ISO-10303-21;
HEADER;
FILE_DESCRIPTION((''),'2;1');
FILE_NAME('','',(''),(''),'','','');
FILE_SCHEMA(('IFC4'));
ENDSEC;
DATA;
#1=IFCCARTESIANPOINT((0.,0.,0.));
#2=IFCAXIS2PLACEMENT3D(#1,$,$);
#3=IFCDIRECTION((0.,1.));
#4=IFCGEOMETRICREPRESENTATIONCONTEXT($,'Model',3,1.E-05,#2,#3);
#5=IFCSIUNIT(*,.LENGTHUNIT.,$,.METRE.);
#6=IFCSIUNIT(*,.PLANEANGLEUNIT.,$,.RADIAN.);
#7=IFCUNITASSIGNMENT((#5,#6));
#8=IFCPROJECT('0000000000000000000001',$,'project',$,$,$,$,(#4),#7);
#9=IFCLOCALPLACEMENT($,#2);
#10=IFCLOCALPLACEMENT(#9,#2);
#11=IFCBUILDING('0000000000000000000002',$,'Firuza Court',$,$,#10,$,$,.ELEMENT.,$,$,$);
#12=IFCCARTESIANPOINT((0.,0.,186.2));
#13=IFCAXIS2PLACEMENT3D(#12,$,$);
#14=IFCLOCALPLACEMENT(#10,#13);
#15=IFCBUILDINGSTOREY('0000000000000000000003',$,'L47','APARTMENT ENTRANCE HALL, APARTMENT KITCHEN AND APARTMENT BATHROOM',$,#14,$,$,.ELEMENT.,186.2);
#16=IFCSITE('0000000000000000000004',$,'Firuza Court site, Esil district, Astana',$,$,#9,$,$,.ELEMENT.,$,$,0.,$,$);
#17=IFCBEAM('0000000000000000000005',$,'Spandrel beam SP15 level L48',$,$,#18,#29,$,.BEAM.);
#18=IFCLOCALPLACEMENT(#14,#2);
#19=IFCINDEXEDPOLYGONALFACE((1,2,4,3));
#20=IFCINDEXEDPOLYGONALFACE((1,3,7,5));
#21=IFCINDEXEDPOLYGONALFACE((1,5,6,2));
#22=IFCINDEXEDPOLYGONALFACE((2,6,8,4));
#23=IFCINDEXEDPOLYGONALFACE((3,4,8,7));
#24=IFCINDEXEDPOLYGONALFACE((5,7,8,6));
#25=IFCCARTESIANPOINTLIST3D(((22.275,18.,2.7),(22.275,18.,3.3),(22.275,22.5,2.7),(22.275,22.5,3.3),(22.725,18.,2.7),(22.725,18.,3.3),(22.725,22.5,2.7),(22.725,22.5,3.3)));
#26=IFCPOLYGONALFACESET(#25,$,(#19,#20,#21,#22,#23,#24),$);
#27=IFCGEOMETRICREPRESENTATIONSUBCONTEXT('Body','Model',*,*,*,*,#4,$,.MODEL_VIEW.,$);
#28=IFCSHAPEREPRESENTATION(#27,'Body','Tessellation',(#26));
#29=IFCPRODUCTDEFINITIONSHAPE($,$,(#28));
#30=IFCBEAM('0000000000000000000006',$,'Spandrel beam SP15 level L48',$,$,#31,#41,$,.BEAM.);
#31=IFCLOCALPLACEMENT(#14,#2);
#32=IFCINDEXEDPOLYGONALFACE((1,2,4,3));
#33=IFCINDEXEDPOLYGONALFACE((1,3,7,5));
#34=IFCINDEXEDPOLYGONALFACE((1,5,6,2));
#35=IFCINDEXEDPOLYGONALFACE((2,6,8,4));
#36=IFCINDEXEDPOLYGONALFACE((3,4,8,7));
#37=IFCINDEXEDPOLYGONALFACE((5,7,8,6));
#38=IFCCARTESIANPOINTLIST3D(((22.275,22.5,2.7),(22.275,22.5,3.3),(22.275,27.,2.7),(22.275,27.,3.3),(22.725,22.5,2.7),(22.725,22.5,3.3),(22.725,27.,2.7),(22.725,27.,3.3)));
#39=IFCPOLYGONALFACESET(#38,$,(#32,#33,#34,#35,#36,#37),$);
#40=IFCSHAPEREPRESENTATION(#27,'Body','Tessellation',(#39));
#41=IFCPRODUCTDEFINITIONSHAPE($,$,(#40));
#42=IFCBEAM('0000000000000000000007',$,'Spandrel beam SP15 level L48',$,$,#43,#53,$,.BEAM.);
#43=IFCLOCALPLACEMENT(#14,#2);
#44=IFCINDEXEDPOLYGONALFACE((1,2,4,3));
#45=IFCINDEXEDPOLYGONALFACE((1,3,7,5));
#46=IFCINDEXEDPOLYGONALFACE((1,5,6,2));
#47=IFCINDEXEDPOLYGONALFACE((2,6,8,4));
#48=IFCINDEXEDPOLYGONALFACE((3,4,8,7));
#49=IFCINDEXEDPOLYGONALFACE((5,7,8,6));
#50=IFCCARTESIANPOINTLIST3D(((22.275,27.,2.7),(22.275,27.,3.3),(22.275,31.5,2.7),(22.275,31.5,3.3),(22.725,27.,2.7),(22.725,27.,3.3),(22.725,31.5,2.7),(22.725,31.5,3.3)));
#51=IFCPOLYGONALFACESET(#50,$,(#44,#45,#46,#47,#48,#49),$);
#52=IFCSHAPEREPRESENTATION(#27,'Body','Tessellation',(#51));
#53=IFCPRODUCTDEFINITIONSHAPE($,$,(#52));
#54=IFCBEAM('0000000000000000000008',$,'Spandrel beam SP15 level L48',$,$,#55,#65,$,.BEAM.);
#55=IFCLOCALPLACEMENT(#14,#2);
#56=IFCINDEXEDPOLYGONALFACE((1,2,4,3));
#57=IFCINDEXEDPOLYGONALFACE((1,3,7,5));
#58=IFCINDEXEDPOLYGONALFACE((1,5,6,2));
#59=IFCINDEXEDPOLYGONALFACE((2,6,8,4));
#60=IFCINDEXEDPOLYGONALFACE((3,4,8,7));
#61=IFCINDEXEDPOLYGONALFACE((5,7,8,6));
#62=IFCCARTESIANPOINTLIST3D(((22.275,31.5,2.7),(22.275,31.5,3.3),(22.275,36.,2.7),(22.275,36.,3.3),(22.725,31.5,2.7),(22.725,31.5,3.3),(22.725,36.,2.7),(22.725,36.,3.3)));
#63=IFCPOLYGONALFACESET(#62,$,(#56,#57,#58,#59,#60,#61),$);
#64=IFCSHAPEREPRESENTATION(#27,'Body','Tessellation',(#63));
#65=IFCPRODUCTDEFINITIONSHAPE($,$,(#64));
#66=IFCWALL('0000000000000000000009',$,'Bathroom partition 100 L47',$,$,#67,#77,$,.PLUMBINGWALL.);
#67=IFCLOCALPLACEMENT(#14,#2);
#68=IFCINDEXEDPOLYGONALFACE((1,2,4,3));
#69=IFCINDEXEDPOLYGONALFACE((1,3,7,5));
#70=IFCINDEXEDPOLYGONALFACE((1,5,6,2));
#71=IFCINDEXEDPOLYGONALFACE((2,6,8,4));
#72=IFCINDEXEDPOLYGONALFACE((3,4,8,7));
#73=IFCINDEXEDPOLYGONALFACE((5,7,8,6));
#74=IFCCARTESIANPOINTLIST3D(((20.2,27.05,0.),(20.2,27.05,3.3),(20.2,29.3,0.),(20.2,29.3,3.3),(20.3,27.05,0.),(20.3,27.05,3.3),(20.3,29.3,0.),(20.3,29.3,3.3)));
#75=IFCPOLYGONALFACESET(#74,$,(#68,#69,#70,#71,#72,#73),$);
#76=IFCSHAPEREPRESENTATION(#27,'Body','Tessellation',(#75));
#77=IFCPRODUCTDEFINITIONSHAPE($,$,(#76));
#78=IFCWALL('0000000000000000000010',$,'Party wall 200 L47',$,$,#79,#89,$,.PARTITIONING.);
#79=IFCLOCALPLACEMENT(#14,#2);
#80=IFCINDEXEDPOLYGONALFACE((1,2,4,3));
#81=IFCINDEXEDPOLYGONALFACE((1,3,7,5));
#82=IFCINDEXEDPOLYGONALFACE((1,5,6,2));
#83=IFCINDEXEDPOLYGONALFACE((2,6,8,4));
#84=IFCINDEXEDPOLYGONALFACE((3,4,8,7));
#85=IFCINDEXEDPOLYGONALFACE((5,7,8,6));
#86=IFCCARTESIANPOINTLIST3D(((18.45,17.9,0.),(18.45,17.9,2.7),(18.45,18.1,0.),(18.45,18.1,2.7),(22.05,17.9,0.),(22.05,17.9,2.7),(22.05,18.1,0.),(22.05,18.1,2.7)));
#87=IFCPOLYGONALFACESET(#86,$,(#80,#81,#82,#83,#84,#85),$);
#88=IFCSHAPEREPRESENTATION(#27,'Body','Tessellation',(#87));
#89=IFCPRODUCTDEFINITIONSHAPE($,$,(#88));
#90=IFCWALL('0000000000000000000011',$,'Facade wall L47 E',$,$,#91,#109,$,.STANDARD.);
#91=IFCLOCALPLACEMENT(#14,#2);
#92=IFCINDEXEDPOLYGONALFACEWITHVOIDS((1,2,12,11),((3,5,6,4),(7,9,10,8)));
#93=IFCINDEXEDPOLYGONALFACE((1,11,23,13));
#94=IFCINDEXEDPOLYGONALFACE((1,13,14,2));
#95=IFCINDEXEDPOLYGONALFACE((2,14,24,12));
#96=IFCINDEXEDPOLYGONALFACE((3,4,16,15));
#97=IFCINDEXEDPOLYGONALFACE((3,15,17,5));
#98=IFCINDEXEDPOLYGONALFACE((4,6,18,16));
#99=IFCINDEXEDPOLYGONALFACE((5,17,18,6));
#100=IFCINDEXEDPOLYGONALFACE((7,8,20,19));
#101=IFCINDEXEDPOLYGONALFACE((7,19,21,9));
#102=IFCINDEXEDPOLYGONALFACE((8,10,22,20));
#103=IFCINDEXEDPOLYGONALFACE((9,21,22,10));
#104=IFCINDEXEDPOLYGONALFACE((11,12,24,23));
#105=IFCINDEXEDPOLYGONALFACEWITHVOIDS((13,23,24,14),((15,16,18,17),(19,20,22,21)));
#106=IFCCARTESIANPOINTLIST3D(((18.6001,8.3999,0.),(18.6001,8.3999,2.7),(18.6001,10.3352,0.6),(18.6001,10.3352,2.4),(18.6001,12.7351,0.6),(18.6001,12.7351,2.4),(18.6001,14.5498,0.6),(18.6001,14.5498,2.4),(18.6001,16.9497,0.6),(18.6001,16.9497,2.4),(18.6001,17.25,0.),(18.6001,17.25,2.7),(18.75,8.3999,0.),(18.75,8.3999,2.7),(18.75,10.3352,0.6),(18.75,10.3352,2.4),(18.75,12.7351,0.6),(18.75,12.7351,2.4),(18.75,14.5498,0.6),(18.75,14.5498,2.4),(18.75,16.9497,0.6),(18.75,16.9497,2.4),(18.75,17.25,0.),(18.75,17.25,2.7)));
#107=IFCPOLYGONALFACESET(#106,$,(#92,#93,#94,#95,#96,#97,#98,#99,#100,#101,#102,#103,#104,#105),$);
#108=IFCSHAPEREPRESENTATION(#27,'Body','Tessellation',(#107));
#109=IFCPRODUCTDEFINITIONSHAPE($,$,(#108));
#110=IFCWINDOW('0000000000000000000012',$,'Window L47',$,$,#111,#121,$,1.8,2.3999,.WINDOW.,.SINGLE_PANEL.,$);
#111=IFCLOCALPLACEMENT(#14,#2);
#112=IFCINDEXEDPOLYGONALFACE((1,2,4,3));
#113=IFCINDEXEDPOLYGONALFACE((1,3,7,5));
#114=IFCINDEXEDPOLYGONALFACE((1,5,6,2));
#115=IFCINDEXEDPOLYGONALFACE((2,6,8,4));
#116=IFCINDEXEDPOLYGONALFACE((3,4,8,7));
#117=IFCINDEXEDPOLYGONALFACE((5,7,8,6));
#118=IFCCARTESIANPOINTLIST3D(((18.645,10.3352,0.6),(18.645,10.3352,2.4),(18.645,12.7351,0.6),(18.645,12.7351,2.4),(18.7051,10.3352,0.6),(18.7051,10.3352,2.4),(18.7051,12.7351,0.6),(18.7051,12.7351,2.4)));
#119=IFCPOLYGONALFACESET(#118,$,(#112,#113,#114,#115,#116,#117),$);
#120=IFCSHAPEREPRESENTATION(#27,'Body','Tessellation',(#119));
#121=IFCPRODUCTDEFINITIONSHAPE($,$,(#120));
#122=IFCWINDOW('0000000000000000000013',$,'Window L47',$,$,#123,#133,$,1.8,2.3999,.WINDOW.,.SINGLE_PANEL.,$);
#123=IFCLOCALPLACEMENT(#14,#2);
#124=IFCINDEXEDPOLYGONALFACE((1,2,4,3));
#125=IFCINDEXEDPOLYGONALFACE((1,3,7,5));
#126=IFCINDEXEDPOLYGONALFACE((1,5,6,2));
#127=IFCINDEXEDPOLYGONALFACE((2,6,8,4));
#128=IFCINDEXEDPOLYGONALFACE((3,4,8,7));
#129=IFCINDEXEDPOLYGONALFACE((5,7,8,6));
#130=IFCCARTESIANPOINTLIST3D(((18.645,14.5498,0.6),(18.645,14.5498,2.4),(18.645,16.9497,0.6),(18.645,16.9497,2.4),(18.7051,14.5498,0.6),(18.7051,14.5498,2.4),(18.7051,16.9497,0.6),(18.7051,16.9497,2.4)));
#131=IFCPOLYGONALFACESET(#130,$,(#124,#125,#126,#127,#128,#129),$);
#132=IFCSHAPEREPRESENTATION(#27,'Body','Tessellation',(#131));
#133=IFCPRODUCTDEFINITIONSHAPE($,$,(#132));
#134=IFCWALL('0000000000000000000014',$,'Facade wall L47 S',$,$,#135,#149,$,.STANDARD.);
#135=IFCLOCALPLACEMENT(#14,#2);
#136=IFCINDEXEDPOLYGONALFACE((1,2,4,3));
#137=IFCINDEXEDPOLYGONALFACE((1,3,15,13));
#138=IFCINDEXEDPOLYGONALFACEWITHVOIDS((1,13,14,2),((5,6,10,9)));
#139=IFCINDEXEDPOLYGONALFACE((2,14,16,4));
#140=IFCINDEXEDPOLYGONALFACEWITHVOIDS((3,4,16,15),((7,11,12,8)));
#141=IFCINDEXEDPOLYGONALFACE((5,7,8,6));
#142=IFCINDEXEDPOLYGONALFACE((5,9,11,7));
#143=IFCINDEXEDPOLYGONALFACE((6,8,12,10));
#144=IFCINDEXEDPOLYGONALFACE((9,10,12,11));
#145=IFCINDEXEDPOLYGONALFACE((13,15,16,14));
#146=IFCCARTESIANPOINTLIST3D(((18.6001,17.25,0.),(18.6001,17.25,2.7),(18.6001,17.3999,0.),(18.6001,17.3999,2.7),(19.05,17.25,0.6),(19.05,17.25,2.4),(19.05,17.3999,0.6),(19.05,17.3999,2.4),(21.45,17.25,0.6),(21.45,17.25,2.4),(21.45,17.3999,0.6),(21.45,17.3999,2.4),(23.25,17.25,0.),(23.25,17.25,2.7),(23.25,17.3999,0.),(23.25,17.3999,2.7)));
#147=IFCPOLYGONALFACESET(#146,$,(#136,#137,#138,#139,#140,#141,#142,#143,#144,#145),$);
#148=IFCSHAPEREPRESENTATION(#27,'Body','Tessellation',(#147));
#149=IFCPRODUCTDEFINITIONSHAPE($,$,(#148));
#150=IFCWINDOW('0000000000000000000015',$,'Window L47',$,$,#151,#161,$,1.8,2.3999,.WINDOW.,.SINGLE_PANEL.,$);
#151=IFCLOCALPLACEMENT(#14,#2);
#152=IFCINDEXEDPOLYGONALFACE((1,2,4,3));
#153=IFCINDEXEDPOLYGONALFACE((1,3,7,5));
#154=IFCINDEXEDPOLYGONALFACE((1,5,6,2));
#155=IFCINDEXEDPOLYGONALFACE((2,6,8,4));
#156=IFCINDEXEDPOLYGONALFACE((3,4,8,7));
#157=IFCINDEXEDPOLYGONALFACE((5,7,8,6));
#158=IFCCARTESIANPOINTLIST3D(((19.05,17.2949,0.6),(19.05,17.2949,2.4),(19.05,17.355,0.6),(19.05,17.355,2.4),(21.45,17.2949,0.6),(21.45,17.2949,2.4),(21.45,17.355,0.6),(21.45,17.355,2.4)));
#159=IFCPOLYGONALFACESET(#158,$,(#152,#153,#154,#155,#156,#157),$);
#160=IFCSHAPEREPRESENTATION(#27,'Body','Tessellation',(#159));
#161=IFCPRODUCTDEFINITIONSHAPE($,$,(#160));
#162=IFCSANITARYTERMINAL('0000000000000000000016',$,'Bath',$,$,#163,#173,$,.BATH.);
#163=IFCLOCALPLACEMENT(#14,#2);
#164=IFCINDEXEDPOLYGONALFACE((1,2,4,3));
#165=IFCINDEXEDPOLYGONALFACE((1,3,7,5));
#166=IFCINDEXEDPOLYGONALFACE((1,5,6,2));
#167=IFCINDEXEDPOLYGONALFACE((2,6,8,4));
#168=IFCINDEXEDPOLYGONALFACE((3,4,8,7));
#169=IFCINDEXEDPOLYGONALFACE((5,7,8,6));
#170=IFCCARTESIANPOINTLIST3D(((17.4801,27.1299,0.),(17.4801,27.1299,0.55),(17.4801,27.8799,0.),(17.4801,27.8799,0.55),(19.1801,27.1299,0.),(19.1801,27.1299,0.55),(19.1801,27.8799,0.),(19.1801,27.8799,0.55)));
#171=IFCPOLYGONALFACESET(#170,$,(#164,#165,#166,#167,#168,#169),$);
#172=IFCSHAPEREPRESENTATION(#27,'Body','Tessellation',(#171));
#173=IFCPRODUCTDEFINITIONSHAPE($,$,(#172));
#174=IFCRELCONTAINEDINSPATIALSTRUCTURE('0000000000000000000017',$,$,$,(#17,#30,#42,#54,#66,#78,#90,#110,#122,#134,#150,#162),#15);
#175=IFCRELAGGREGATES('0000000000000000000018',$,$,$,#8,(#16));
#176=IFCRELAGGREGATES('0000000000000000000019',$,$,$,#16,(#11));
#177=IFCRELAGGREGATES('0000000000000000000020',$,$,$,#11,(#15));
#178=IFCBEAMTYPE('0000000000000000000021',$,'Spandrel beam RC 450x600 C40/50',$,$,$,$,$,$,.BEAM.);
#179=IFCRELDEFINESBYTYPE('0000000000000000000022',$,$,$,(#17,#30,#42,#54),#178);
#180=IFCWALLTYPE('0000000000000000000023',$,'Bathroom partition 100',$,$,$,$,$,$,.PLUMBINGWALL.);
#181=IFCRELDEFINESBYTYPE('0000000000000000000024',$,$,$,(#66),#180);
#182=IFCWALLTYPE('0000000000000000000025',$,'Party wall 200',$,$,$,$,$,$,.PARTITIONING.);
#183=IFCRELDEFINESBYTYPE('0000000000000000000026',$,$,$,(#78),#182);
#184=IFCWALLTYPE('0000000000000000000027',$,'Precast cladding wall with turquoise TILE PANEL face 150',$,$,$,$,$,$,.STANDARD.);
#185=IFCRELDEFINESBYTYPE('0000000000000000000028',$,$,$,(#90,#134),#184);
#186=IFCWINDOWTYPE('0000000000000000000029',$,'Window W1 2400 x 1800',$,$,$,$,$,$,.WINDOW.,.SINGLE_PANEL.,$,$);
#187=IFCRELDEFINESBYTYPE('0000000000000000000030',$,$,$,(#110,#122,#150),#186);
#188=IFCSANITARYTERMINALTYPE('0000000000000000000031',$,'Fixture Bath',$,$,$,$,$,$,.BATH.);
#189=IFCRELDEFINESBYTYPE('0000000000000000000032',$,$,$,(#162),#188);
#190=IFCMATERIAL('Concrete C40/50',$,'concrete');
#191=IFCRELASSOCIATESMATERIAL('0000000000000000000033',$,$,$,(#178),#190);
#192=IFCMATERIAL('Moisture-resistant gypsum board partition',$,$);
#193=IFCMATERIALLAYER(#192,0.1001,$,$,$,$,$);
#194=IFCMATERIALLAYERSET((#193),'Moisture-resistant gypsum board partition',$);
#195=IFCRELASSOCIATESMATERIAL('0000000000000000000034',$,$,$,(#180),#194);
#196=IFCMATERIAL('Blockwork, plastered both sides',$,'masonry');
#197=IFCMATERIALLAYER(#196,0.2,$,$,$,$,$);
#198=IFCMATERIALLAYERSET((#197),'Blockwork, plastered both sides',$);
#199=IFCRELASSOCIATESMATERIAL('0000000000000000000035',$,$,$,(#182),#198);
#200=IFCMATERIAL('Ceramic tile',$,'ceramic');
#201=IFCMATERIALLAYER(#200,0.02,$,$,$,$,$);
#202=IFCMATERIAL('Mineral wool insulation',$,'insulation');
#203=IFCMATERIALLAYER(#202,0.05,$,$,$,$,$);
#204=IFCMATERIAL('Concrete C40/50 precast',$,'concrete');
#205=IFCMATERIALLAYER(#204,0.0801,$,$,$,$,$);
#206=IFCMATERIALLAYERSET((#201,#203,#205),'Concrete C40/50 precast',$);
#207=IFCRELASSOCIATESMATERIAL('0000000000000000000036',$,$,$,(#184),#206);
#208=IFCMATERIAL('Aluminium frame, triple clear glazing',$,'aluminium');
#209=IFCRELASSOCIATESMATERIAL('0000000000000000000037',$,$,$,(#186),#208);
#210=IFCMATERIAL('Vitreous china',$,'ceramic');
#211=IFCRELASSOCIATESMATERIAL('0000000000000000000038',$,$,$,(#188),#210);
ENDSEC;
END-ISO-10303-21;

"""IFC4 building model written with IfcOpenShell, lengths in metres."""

from ifc_helpers import new_model, si_unit, direction, frame, frame_2d, origin, origin_2d, place, context, subcontext, project, spatial, rectangle, extrude, material, layer, layer_set, material_profile, profile_set, type_object, element, fill, save


model = new_model("IFC4")

# Units and contexts
model_context = context("Model", 3, precision=1e-05, world=origin(), true_north=direction((0.0, 1.0)))
body_context = subcontext(model_context, "Body", "Model", "MODEL_VIEW")
ifc_project = project(units=[si_unit("LENGTHUNIT", "METRE"), si_unit("PLANEANGLEUNIT", "RADIAN")], contexts=[model_context])

# Site, building, storey
site_placement = place(None, origin())
site = spatial("IfcSite", under=ifc_project, at=site_placement, Name="Firuza Court site, Esil district, Astana", CompositionType="ELEMENT", RefElevation=0.0)
building_placement = place(site_placement, origin())
building = spatial("IfcBuilding", under=site, at=building_placement, Name="Firuza Court", CompositionType="ELEMENT")
storey_placement = place(building_placement, frame((0.0, 0.0, 186.2)))
storey = spatial("IfcBuildingStorey", under=building, at=storey_placement, Name="L47", Description="APARTMENT ENTRANCE HALL, APARTMENT KITCHEN AND APARTMENT BATHROOM", CompositionType="ELEMENT", Elevation=186.2)

# Beams
ifc_material_1 = material(Name="Concrete C40/50", Category="concrete")
ifc_material_profile_1 = material_profile(ifc_material_1, rectangle(XDim=0.45, YDim=0.6001, at=origin_2d()), Name="RC 450x600")
ifc_profile_set_1 = profile_set([ifc_material_profile_1], Name="Concrete C40/50")
beam_type_1 = type_object("IfcBeamType", Name="Spandrel beam RC 450x600 C40/50", PredefinedType="BEAM", material=ifc_profile_set_1)
for number, where, z_axis, x_axis, name in (
    (1, (22.5, 18.0, 3.0), (0.0, 1.0, 0.0), (-1.0, 0.0, 0.0), "Spandrel beam SP15 level L48"),
    (2, (22.5, 22.5, 3.0), (0.0, 1.0, 0.0), (-1.0, 0.0, 0.0), "Spandrel beam SP15 level L48"),
    (3, (22.5, 27.0, 3.0), (0.0, 1.0, 0.0), (-1.0, 0.0, 0.0), "Spandrel beam SP15 level L48"),
    (4, (22.5, 31.5, 3.0), (0.0, 1.0, 0.0), (-1.0, 0.0, 0.0), "Spandrel beam SP15 level L48"),
):
    element("IfcBeam", number, at=place(storey_placement, frame(where, z_axis=z_axis, x_axis=x_axis)), inside=storey, type_object=beam_type_1, Name=name, PredefinedType="BEAM", context=body_context, shape_type="SweptSolid", body=[
        extrude(rectangle(XDim=0.45, YDim=0.6001, at=origin_2d()), origin(), (0.0, 0.0, 1.0), 4.5),
    ])

# Walls
ifc_material_2 = material(Name="Moisture-resistant gypsum board partition")
ifc_layer_1 = layer(ifc_material_2, 0.1001)
ifc_layer_set_1 = layer_set([ifc_layer_1], Name="Moisture-resistant gypsum board partition")
wall_type_1 = type_object("IfcWallType", Name="Bathroom partition 100", PredefinedType="PLUMBINGWALL", material=ifc_layer_set_1)
wall_1_placement = place(storey_placement, frame((20.25, 27.05, 0.0), z_axis=(0.0, 0.0, 1.0), x_axis=(0.0, 1.0, 0.0)))
element("IfcWall", 5, at=wall_1_placement, inside=storey, type_object=wall_type_1, Name="Bathroom partition 100 L47", PredefinedType="PLUMBINGWALL", context=body_context, shape_type="SweptSolid", body=[
    extrude(rectangle(XDim=2.25, YDim=0.1001, at=frame_2d((1.125, 0.0))), origin(), (0.0, 0.0, 1.0), 3.3),
])
ifc_material_3 = material(Name="Blockwork, plastered both sides", Category="masonry")
ifc_layer_2 = layer(ifc_material_3, 0.2)
ifc_layer_set_2 = layer_set([ifc_layer_2], Name="Blockwork, plastered both sides")
wall_type_2 = type_object("IfcWallType", Name="Party wall 200", PredefinedType="PARTITIONING", material=ifc_layer_set_2)
wall_2_placement = place(storey_placement, frame((18.45, 18.0, 0.0), z_axis=(0.0, 0.0, 1.0), x_axis=(1.0, 0.0, 0.0)))
element("IfcWall", 6, at=wall_2_placement, inside=storey, type_object=wall_type_2, Name="Party wall 200 L47", PredefinedType="PARTITIONING", context=body_context, shape_type="SweptSolid", body=[
    extrude(rectangle(XDim=3.6001, YDim=0.2, at=frame_2d((1.8, 0.0))), origin(), (0.0, 0.0, 1.0), 2.7),
])

# Wall, openings, windows
ifc_material_4 = material(Name="Ceramic tile", Category="ceramic")
ifc_layer_3 = layer(ifc_material_4, 0.02)
ifc_material_5 = material(Name="Mineral wool insulation", Category="insulation")
ifc_layer_4 = layer(ifc_material_5, 0.05)
ifc_material_6 = material(Name="Concrete C40/50 precast", Category="concrete")
ifc_layer_5 = layer(ifc_material_6, 0.0801)
ifc_layer_set_3 = layer_set([ifc_layer_3, ifc_layer_4, ifc_layer_5], Name="Concrete C40/50 precast")
wall_type_3 = type_object("IfcWallType", Name="Precast cladding wall with turquoise TILE PANEL face 150", PredefinedType="STANDARD", material=ifc_layer_set_3)
wall_3_placement = place(storey_placement, frame((18.675, 8.3999, 0.0), z_axis=(0.0, 0.0, 1.0), x_axis=(0.0, 1.0, 0.0)))
wall_3 = element("IfcWall", 7, at=wall_3_placement, inside=storey, type_object=wall_type_3, Name="Facade wall L47 E", PredefinedType="STANDARD", context=body_context, shape_type="SweptSolid", body=[
    extrude(rectangle(XDim=8.8501, YDim=0.1499, at=frame_2d((4.425, 0.0))), origin(), (0.0, 0.0, 1.0), 2.7),
])
opening_1_placement = place(wall_3_placement, frame((1.9353, 0.0, 0.6001)))
opening_1 = element("IfcOpeningElement", 8, at=opening_1_placement, cuts=wall_3, PredefinedType="OPENING", context=body_context, shape_type="SweptSolid", body=[
    extrude(rectangle(XDim=2.3999, YDim=1.8, at=frame_2d((1.2, 0.8999))), frame((0.0, 0.0869, 0.0), z_axis=(0.0, -1.0, 0.0), x_axis=(1.0, 0.0, 0.0)), (0.0, 0.0, 1.0), 0.1738),
])
opening_2_placement = place(wall_3_placement, frame((6.1499, 0.0, 0.6001)))
opening_2 = element("IfcOpeningElement", 9, at=opening_2_placement, cuts=wall_3, PredefinedType="OPENING", context=body_context, shape_type="SweptSolid", body=[
    extrude(rectangle(XDim=2.3999, YDim=1.8, at=frame_2d((1.2, 0.8999))), frame((0.0, 0.0869, 0.0), z_axis=(0.0, -1.0, 0.0), x_axis=(1.0, 0.0, 0.0)), (0.0, 0.0, 1.0), 0.1738),
])
ifc_material_7 = material(Name="Aluminium frame, triple clear glazing", Category="aluminium")
window_type = type_object("IfcWindowType", Name="Window W1 2400 x 1800", PartitioningType="SINGLE_PANEL", PredefinedType="WINDOW", material=ifc_material_7)
window_1_placement = place(opening_1_placement, origin())
window_1 = element("IfcWindow", 10, at=window_1_placement, inside=storey, type_object=window_type, Name="Window L47", OverallHeight=1.8, OverallWidth=2.3999, PartitioningType="SINGLE_PANEL", PredefinedType="WINDOW", context=body_context, shape_type="SweptSolid", body=[
    extrude(rectangle(XDim=2.3999, YDim=1.8, at=frame_2d((1.2, 0.8999))), frame((0.0, 0.03, 0.0), z_axis=(0.0, -1.0, 0.0), x_axis=(1.0, 0.0, 0.0)), (0.0, 0.0, 1.0), 0.0601),
])
fill(opening_1, window_1)
window_2_placement = place(opening_2_placement, origin())
window_2 = element("IfcWindow", 11, at=window_2_placement, inside=storey, type_object=window_type, Name="Window L47", OverallHeight=1.8, OverallWidth=2.3999, PartitioningType="SINGLE_PANEL", PredefinedType="WINDOW", context=body_context, shape_type="SweptSolid", body=[
    extrude(rectangle(XDim=2.3999, YDim=1.8, at=frame_2d((1.2, 0.8999))), frame((0.0, 0.03, 0.0), z_axis=(0.0, -1.0, 0.0), x_axis=(1.0, 0.0, 0.0)), (0.0, 0.0, 1.0), 0.0601),
])
fill(opening_2, window_2)

# Wall, opening, window
wall_4_placement = place(storey_placement, frame((18.6001, 17.325, 0.0), z_axis=(0.0, 0.0, 1.0), x_axis=(1.0, 0.0, 0.0)))
wall_4 = element("IfcWall", 12, at=wall_4_placement, inside=storey, type_object=wall_type_3, Name="Facade wall L47 S", PredefinedType="STANDARD", context=body_context, shape_type="SweptSolid", body=[
    extrude(rectangle(XDim=4.6499, YDim=0.1499, at=frame_2d((2.325, 0.0))), origin(), (0.0, 0.0, 1.0), 2.7),
])
opening_3_placement = place(wall_4_placement, frame((0.45, 0.0, 0.6001)))
opening_3 = element("IfcOpeningElement", 13, at=opening_3_placement, cuts=wall_4, PredefinedType="OPENING", context=body_context, shape_type="SweptSolid", body=[
    extrude(rectangle(XDim=2.3999, YDim=1.8, at=frame_2d((1.2, 0.8999))), frame((0.0, 0.0869, 0.0), z_axis=(0.0, -1.0, 0.0), x_axis=(1.0, 0.0, 0.0)), (0.0, 0.0, 1.0), 0.1738),
])
window_3_placement = place(opening_3_placement, origin())
window_3 = element("IfcWindow", 14, at=window_3_placement, inside=storey, type_object=window_type, Name="Window L47", OverallHeight=1.8, OverallWidth=2.3999, PartitioningType="SINGLE_PANEL", PredefinedType="WINDOW", context=body_context, shape_type="SweptSolid", body=[
    extrude(rectangle(XDim=2.3999, YDim=1.8, at=frame_2d((1.2, 0.8999))), frame((0.0, 0.03, 0.0), z_axis=(0.0, -1.0, 0.0), x_axis=(1.0, 0.0, 0.0)), (0.0, 0.0, 1.0), 0.0601),
])
fill(opening_3, window_3)

# Sanitary terminal
ifc_material_8 = material(Name="Vitreous china", Category="ceramic")
sanitary_terminal_type_1 = type_object("IfcSanitaryTerminalType", Name="Fixture Bath", PredefinedType="BATH", material=ifc_material_8)
sanitary_terminal_1_placement = place(storey_placement, frame((18.3301, 27.5049, 0.0), z_axis=(0.0, 0.0, 1.0), x_axis=(1.0, 0.0, 0.0)))
element("IfcSanitaryTerminal", 15, at=sanitary_terminal_1_placement, inside=storey, type_object=sanitary_terminal_type_1, Name="Bath", PredefinedType="BATH", context=body_context, shape_type="SweptSolid", body=[
    extrude(rectangle(XDim=1.7, YDim=0.75, at=origin_2d()), origin(), (0.0, 0.0, 1.0), 0.55),
])

save(model, "model.ifc")
